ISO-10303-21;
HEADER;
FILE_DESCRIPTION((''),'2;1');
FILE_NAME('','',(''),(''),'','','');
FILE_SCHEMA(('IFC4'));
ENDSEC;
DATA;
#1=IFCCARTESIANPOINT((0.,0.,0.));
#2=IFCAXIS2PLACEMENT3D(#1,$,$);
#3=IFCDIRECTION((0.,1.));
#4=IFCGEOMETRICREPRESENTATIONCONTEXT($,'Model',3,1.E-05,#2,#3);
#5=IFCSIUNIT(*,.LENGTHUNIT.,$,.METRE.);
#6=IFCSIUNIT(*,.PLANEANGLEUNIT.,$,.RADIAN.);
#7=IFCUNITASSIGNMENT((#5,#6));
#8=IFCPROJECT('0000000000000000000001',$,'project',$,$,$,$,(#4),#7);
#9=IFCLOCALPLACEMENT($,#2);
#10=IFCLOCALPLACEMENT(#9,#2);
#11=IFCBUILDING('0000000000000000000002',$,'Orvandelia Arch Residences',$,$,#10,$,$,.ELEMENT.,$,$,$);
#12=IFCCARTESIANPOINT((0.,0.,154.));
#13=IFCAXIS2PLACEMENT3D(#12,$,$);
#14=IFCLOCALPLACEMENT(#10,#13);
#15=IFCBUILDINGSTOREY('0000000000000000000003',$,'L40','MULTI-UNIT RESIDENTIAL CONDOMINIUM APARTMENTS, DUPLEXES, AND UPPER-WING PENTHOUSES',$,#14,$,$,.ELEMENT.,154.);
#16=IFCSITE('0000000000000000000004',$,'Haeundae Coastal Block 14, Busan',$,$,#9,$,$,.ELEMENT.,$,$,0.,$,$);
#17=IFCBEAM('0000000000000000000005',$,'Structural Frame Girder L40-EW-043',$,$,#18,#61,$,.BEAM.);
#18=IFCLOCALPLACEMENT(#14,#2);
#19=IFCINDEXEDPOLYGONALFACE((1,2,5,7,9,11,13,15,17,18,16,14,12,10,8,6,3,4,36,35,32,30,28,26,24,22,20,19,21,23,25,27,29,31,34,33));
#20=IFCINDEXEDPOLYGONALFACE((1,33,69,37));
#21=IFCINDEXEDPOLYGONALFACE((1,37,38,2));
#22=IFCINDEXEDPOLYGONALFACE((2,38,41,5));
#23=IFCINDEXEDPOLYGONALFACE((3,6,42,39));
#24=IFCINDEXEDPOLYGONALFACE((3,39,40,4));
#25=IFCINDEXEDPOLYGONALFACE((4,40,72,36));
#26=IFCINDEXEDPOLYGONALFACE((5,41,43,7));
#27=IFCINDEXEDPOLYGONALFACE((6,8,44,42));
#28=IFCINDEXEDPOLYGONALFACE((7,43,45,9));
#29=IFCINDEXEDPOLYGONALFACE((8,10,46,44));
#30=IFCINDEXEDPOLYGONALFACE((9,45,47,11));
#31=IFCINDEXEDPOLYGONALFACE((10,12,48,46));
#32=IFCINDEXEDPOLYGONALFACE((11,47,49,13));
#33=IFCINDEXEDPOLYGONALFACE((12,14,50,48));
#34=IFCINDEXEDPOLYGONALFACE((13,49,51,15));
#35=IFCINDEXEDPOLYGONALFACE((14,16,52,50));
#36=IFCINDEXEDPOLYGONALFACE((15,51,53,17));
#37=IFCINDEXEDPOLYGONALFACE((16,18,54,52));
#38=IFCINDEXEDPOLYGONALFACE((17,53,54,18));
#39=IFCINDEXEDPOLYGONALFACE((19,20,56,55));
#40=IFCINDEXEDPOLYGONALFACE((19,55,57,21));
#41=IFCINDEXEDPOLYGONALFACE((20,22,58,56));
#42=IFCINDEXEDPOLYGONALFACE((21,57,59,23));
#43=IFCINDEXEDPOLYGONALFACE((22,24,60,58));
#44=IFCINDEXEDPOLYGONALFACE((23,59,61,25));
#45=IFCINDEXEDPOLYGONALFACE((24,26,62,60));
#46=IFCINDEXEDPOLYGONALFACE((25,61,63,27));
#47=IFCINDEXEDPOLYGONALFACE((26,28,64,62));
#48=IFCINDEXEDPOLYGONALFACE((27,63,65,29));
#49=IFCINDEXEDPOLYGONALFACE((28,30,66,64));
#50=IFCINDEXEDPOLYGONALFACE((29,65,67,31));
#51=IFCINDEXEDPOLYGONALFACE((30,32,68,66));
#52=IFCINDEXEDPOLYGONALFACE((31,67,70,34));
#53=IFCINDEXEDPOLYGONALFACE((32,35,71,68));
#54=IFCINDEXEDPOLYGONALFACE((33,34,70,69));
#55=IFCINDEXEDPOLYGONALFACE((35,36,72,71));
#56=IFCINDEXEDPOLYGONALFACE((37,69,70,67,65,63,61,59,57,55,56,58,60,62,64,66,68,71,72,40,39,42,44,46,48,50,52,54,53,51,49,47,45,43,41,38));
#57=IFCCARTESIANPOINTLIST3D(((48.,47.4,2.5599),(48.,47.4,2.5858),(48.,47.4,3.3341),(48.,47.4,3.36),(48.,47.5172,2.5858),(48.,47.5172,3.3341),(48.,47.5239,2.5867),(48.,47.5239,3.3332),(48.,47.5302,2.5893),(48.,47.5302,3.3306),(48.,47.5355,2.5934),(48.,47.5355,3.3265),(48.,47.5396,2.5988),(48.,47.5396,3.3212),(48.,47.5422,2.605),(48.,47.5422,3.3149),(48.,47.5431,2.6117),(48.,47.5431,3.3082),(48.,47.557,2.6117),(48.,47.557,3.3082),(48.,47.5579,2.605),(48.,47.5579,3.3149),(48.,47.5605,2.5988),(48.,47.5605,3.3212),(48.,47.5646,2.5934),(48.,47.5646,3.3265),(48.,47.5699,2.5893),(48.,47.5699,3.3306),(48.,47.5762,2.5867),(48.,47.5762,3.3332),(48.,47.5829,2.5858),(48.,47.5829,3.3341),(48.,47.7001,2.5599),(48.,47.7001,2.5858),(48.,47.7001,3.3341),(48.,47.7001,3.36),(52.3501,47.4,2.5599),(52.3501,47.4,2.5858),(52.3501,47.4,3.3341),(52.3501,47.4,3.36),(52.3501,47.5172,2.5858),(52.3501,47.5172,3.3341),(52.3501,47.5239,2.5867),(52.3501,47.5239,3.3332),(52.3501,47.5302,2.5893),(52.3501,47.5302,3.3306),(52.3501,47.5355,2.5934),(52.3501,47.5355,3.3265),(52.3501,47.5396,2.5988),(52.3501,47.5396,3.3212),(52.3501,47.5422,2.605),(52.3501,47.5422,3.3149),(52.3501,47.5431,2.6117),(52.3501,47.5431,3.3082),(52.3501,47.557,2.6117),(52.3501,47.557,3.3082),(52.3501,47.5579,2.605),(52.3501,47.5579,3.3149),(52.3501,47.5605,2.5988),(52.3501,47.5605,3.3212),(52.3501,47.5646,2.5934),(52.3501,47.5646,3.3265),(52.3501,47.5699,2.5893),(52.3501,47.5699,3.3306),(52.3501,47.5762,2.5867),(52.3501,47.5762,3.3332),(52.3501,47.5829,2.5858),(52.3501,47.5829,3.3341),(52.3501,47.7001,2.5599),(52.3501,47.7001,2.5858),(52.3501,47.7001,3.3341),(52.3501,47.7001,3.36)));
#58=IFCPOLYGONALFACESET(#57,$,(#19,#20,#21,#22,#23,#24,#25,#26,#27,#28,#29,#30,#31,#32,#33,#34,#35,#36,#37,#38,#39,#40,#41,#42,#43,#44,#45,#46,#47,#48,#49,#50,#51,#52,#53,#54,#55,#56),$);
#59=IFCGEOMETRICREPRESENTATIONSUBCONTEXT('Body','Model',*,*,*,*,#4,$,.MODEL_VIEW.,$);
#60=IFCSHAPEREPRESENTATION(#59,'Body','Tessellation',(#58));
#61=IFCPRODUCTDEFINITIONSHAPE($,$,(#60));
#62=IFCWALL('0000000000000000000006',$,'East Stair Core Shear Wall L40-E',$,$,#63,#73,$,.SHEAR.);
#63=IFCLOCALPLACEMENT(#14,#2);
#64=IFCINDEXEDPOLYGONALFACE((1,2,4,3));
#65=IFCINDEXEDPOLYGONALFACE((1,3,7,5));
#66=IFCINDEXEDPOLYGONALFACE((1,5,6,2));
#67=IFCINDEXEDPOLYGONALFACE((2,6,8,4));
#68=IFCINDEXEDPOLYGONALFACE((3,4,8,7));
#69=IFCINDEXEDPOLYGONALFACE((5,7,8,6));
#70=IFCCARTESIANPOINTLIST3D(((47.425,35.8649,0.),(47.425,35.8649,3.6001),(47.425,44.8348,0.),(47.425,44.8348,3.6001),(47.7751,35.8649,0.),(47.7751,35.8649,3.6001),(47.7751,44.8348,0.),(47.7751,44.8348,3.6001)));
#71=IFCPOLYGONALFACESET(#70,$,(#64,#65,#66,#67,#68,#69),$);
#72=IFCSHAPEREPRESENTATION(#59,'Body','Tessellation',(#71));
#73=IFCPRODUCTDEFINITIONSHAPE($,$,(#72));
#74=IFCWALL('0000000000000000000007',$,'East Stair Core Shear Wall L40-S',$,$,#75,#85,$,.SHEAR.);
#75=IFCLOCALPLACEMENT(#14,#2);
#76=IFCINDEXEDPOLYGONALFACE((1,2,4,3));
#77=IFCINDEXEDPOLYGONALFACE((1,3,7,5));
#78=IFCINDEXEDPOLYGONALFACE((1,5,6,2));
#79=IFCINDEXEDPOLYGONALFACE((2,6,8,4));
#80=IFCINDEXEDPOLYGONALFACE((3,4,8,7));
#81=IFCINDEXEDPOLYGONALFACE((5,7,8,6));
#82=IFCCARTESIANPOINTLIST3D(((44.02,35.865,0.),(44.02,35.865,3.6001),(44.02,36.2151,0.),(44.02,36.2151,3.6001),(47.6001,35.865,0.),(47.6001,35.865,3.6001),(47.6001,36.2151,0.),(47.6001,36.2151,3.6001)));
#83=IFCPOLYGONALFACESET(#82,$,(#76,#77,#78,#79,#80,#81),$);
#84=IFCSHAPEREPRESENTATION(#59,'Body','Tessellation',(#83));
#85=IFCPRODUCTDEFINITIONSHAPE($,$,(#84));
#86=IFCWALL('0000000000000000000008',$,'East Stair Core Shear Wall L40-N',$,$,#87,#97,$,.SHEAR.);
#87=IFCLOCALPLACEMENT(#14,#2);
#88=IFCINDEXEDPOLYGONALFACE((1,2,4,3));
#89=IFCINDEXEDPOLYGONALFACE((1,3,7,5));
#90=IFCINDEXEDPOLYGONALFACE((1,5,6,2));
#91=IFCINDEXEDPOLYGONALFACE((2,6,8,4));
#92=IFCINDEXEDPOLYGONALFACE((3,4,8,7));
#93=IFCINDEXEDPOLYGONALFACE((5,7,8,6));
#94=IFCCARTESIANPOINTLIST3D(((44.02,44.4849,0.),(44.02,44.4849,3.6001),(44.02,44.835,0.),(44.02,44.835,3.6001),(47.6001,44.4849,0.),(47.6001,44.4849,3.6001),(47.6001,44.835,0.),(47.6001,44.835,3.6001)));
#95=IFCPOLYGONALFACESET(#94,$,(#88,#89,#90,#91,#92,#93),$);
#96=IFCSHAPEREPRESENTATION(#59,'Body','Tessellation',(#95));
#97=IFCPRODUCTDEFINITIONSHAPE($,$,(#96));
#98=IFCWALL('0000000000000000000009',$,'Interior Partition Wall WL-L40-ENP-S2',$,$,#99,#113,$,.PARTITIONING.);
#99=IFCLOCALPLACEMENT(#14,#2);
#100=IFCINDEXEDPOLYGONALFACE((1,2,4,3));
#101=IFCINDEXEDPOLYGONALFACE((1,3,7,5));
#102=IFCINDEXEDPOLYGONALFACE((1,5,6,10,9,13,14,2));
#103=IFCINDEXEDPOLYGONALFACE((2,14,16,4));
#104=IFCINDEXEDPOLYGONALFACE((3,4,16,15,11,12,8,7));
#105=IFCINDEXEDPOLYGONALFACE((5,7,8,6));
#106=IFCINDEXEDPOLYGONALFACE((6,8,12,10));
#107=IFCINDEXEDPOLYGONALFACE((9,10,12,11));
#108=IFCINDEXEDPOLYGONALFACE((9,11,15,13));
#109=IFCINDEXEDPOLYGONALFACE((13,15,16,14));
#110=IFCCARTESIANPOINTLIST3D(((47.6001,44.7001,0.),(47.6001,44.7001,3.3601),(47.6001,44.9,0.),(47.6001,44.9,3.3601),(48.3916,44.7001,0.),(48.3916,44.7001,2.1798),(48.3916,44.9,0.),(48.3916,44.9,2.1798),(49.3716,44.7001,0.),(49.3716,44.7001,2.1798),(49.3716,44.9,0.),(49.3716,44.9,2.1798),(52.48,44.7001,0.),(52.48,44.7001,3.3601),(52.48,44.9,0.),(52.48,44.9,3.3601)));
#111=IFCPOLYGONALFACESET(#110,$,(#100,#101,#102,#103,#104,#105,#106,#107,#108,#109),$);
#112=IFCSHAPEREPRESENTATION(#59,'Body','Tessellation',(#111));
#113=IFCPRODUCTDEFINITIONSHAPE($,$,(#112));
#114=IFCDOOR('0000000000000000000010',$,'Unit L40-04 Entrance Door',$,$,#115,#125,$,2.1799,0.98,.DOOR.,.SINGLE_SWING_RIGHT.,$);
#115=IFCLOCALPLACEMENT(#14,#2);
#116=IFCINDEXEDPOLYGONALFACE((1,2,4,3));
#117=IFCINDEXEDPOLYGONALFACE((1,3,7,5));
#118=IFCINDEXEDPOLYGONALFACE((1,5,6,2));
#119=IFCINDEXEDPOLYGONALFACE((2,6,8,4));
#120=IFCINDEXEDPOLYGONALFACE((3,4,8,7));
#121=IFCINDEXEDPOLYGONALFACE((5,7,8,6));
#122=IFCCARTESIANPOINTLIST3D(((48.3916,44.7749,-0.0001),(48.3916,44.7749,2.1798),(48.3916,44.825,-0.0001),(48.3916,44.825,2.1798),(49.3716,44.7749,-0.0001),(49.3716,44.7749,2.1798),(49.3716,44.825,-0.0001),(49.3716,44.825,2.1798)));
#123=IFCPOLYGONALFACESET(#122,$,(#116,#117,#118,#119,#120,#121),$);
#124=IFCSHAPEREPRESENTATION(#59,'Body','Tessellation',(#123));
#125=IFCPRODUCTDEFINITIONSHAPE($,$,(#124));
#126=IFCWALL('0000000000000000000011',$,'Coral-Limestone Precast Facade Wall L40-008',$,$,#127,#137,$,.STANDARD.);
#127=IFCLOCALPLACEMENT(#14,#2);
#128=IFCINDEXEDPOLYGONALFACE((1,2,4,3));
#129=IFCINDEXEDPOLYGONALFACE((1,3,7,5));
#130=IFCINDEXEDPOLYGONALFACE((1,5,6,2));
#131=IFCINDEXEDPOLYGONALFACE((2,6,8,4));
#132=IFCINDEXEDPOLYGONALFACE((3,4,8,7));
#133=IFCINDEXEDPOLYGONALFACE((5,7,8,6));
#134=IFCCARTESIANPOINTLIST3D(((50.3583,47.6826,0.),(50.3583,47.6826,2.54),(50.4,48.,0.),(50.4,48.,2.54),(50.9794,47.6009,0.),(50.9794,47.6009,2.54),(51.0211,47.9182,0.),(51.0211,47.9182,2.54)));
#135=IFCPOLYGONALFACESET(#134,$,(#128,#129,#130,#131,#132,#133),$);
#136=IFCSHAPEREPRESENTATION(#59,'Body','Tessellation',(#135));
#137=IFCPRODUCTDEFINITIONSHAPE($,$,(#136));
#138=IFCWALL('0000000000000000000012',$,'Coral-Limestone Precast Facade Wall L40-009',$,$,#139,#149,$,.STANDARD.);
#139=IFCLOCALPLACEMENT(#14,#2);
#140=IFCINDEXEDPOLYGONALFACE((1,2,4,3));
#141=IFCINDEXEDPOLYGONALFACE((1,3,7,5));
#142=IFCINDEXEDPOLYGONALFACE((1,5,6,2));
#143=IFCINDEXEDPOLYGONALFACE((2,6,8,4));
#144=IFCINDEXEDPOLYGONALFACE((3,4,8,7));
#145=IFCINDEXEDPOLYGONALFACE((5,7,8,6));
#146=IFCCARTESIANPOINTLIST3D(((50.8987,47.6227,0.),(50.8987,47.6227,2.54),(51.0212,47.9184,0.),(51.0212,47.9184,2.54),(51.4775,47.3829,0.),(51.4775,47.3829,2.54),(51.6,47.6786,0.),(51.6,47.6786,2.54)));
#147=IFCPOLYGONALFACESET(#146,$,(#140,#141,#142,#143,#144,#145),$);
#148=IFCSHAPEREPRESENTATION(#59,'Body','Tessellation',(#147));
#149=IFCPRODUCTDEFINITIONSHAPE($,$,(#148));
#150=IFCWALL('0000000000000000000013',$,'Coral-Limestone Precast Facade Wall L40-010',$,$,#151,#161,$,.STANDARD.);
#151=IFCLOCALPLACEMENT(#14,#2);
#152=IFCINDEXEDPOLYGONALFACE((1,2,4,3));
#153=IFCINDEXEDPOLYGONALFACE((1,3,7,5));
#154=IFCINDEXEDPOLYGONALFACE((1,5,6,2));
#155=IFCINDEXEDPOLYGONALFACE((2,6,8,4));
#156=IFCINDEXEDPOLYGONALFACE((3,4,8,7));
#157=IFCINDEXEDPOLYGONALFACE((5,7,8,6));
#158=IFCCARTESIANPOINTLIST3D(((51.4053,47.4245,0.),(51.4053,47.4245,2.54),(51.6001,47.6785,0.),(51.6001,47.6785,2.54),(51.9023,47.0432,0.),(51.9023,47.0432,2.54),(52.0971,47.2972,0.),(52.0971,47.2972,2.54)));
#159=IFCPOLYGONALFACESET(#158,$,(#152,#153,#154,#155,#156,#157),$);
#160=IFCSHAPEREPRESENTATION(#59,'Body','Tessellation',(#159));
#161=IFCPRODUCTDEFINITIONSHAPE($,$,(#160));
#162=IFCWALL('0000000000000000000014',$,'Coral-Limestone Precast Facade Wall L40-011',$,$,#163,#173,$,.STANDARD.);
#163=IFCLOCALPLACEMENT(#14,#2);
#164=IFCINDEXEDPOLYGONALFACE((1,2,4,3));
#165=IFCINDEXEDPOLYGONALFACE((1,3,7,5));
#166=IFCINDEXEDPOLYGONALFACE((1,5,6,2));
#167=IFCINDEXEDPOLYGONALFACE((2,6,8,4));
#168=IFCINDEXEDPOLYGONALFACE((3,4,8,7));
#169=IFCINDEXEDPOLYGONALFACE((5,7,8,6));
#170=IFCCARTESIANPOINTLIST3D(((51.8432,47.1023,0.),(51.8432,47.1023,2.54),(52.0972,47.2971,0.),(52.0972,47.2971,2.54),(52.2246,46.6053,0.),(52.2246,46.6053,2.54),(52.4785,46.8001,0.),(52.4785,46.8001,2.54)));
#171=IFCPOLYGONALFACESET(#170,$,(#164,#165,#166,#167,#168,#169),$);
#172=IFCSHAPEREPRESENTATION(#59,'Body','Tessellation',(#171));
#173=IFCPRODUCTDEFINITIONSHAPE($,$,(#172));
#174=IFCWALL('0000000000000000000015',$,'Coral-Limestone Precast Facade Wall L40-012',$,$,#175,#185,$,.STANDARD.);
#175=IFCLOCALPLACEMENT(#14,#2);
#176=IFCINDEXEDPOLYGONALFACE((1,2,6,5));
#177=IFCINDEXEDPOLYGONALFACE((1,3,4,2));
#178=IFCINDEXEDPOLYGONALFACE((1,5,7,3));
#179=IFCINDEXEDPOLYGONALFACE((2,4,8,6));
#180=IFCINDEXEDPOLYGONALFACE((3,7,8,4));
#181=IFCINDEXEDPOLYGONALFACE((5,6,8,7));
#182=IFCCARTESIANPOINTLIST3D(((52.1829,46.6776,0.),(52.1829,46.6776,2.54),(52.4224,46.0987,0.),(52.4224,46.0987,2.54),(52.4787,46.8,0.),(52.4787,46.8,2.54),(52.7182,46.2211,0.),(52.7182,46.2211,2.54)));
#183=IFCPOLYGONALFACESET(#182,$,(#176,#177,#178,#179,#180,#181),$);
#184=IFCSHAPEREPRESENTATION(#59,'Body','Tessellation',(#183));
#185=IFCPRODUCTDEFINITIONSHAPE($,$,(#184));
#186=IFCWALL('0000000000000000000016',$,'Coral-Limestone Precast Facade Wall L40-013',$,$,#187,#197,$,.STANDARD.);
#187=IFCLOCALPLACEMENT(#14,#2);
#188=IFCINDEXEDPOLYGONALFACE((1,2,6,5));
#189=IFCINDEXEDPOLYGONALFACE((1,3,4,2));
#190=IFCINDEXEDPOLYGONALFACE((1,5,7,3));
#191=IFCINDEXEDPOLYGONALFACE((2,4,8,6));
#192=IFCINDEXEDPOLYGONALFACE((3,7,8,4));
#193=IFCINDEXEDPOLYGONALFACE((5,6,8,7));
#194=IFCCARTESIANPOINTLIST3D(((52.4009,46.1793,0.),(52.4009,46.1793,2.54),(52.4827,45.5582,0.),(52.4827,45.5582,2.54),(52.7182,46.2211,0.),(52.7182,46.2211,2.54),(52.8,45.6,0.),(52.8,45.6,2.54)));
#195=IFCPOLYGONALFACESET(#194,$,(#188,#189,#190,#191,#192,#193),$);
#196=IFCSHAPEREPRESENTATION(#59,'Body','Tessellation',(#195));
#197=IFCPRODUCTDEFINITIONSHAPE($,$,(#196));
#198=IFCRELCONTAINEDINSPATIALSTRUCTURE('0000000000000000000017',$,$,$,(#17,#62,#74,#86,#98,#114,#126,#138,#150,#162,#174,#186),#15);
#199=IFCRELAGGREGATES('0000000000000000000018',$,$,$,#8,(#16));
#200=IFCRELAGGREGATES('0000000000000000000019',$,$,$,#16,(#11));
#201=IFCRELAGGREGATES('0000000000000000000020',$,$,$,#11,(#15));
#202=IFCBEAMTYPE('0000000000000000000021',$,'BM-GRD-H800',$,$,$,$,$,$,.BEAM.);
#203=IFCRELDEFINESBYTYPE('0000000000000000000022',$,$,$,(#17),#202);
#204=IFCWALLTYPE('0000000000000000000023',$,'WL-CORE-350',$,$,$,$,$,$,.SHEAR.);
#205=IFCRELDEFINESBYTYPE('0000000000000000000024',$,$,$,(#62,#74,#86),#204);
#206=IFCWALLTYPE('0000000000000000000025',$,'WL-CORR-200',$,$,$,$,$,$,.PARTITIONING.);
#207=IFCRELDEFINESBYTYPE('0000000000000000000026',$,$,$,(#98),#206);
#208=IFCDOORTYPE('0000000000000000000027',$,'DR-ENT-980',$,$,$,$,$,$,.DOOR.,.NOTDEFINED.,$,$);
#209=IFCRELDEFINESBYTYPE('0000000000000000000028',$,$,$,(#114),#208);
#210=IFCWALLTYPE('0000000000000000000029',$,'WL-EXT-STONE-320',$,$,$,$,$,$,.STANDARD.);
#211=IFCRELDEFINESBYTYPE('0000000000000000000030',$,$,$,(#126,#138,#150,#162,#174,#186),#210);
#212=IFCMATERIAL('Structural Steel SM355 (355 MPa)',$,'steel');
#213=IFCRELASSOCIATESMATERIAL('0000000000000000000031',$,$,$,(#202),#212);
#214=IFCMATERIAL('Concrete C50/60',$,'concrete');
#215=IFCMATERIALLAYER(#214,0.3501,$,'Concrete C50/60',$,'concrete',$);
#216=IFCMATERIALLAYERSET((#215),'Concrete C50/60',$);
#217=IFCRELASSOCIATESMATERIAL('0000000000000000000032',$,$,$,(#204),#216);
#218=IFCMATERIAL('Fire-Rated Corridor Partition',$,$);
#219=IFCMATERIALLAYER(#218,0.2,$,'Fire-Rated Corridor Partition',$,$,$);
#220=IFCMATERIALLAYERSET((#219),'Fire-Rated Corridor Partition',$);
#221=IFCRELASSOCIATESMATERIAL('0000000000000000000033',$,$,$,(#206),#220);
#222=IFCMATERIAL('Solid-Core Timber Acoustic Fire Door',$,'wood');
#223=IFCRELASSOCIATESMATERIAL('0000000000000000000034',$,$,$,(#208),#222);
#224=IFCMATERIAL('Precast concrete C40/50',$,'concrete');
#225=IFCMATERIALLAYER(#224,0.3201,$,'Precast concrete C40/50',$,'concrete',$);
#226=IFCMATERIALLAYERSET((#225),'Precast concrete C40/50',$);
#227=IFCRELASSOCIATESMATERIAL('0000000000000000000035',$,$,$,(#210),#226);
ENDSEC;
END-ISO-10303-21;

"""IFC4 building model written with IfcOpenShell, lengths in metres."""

from ifc_helpers import new_model, si_unit, direction, frame, frame_2d, origin, origin_2d, place, context, subcontext, project, spatial, rectangle, i_section, extrude, material, layer, layer_set, material_profile, profile_set, type_object, element, fill, save


model = new_model("IFC4")

# Units and contexts
model_context = context("Model", 3, precision=1e-05, world=origin(), true_north=direction((0.0, 1.0)))
body_context = subcontext(model_context, "Body", "Model", "MODEL_VIEW")
ifc_project = project(units=[si_unit("LENGTHUNIT", "METRE"), si_unit("PLANEANGLEUNIT", "RADIAN")], contexts=[model_context])

# Site, building, storey
site_placement = place(None, origin())
site = spatial("IfcSite", under=ifc_project, at=site_placement, Name="Haeundae Coastal Block 14, Busan", CompositionType="ELEMENT", RefElevation=0.0)
building_placement = place(site_placement, origin())
building = spatial("IfcBuilding", under=site, at=building_placement, Name="Orvandelia Arch Residences", CompositionType="ELEMENT")
storey_placement = place(building_placement, frame((0.0, 0.0, 154.0)))
storey = spatial("IfcBuildingStorey", under=building, at=storey_placement, Name="L40", Description="MULTI-UNIT RESIDENTIAL CONDOMINIUM APARTMENTS, DUPLEXES, AND UPPER-WING PENTHOUSES", CompositionType="ELEMENT", Elevation=154.0)

# Beam
ifc_material_1 = material(Name="Structural Steel SM355 (355 MPa)", Category="steel")
ifc_material_profile_1 = material_profile(ifc_material_1, i_section(OverallWidth=0.3, OverallDepth=0.8, WebThickness=0.0139, FlangeThickness=0.0259, FilletRadius=0.0259, at=origin_2d()), Name="Structural Steel SM355 (355 MPa)", Category="steel")
ifc_profile_set_1 = profile_set([ifc_material_profile_1], Name="Structural Steel SM355 (355 MPa)")
beam_type = type_object("IfcBeamType", Name="BM-GRD-H800", PredefinedType="BEAM", material=ifc_profile_set_1)
beam_1_placement = place(storey_placement, frame((48.0, 47.55, 2.96), z_axis=(1.0, 0.0, 0.0), x_axis=(0.0, 1.0, 0.0)))
element("IfcBeam", 1, at=beam_1_placement, inside=storey, type_object=beam_type, Name="Structural Frame Girder L40-EW-043", PredefinedType="BEAM", context=body_context, shape_type="SweptSolid", body=[
    extrude(i_section(OverallWidth=0.3, OverallDepth=0.8, WebThickness=0.0139, FlangeThickness=0.0259, FilletRadius=0.0259, at=origin_2d()), origin(), (0.0, 0.0, 1.0), 4.3501),
])

# Walls
ifc_material_2 = material(Name="Concrete C50/60", Category="concrete")
ifc_layer_1 = layer(ifc_material_2, 0.3501, Name="Concrete C50/60", Category="concrete")
ifc_layer_set_1 = layer_set([ifc_layer_1], Name="Concrete C50/60")
wall_type_1 = type_object("IfcWallType", Name="WL-CORE-350", PredefinedType="SHEAR", material=ifc_layer_set_1)
wall_1_placement = place(storey_placement, frame((47.6001, 35.865, 0.0), z_axis=(0.0, 0.0, 1.0), x_axis=(0.0, 1.0, 0.0)))
element("IfcWall", 2, at=wall_1_placement, inside=storey, type_object=wall_type_1, Name="East Stair Core Shear Wall L40-E", PredefinedType="SHEAR", context=body_context, shape_type="SweptSolid", body=[
    extrude(rectangle(XDim=8.97, YDim=0.3501, at=frame_2d((4.4849, 0.0))), origin(), (0.0, 0.0, 1.0), 3.6001),
])
for number, where, z_axis, x_axis, name in (
    (3, (44.02, 36.04, 0.0), (0.0, 0.0, 1.0), (1.0, 0.0, 0.0), "East Stair Core Shear Wall L40-S"),
    (4, (44.02, 44.6599, 0.0), (0.0, 0.0, 1.0), (1.0, 0.0, 0.0), "East Stair Core Shear Wall L40-N"),
):
    element("IfcWall", number, at=place(storey_placement, frame(where, z_axis=z_axis, x_axis=x_axis)), inside=storey, type_object=wall_type_1, Name=name, PredefinedType="SHEAR", context=body_context, shape_type="SweptSolid", body=[
        extrude(rectangle(XDim=3.5801, YDim=0.3501, at=frame_2d((1.79, 0.0))), origin(), (0.0, 0.0, 1.0), 3.6001),
    ])

# Wall, opening, door
ifc_material_3 = material(Name="Fire-Rated Corridor Partition")
ifc_layer_2 = layer(ifc_material_3, 0.2, Name="Fire-Rated Corridor Partition")
ifc_layer_set_2 = layer_set([ifc_layer_2], Name="Fire-Rated Corridor Partition")
wall_type_2 = type_object("IfcWallType", Name="WL-CORR-200", PredefinedType="PARTITIONING", material=ifc_layer_set_2)
wall_2_placement = place(storey_placement, frame((47.6001, 44.8, 0.0), z_axis=(0.0, 0.0, 1.0), x_axis=(1.0, 0.0, 0.0)))
wall_2 = element("IfcWall", 5, at=wall_2_placement, inside=storey, type_object=wall_type_2, Name="Interior Partition Wall WL-L40-ENP-S2", PredefinedType="PARTITIONING", context=body_context, shape_type="SweptSolid", body=[
    extrude(rectangle(XDim=4.8799, YDim=0.2, at=frame_2d((2.4399, 0.0))), origin(), (0.0, 0.0, 1.0), 3.3601),
])
opening_1_placement = place(wall_2_placement, frame((0.7915, 0.0, 0.0)))
opening_1 = element("IfcOpeningElement", 6, at=opening_1_placement, cuts=wall_2, PredefinedType="OPENING", context=body_context, shape_type="SweptSolid", body=[
    extrude(rectangle(XDim=0.98, YDim=2.1799, at=frame_2d((0.49, 1.0898))), frame((0.0, 0.1099, 0.0), z_axis=(0.0, -1.0, 0.0), x_axis=(1.0, 0.0, 0.0)), (0.0, 0.0, 1.0), 0.22),
])
ifc_material_4 = material(Name="Solid-Core Timber Acoustic Fire Door", Category="wood")
door_type_1 = type_object("IfcDoorType", Name="DR-ENT-980", OperationType="NOTDEFINED", PredefinedType="DOOR", material=ifc_material_4)
door_1_placement = place(opening_1_placement, origin())
door_1 = element("IfcDoor", 7, at=door_1_placement, inside=storey, type_object=door_type_1, Name="Unit L40-04 Entrance Door", OperationType="SINGLE_SWING_RIGHT", OverallHeight=2.1799, OverallWidth=0.98, PredefinedType="DOOR", context=body_context, shape_type="SweptSolid", body=[
    extrude(rectangle(XDim=0.98, YDim=2.1799, at=frame_2d((0.49, 1.0898))), frame((0.0, 0.0249, 0.0), z_axis=(0.0, -1.0, 0.0), x_axis=(1.0, 0.0, 0.0)), (0.0, 0.0, 1.0), 0.05),
])
fill(opening_1, door_1)

# Walls
ifc_material_5 = material(Name="Precast concrete C40/50", Category="concrete")
ifc_layer_3 = layer(ifc_material_5, 0.3201, Name="Precast concrete C40/50", Category="concrete")
ifc_layer_set_3 = layer_set([ifc_layer_3], Name="Precast concrete C40/50")
wall_type_3 = type_object("IfcWallType", Name="WL-EXT-STONE-320", PredefinedType="STANDARD", material=ifc_layer_set_3)
for number, where, z_axis, x_axis, name in (
    (8, (50.3792, 47.8413, 0.0), (0.0, 0.0, 1.0), (0.991441, -0.130555, 0.0), "Coral-Limestone Precast Facade Wall L40-008"),
    (9, (50.96, 47.7705, 0.0), (0.0, 0.0, 1.0), (0.923893, -0.38265, 0.0), "Coral-Limestone Precast Facade Wall L40-009"),
    (10, (51.5027, 47.5515, 0.0), (0.0, 0.0, 1.0), (0.793406, -0.608693, 0.0), "Coral-Limestone Precast Facade Wall L40-010"),
    (11, (51.9702, 47.1997, 0.0), (0.0, 0.0, 1.0), (0.608693, -0.793406, 0.0), "Coral-Limestone Precast Facade Wall L40-011"),
    (12, (52.3308, 46.7388, 0.0), (0.0, 0.0, 1.0), (0.382317, -0.924031, 0.0), "Coral-Limestone Precast Facade Wall L40-012"),
    (13, (52.5596, 46.2002, 0.0), (0.0, 0.0, 1.0), (0.130555, -0.991441, 0.0), "Coral-Limestone Precast Facade Wall L40-013"),
):
    element("IfcWall", number, at=place(storey_placement, frame(where, z_axis=z_axis, x_axis=x_axis)), inside=storey, type_object=wall_type_3, Name=name, PredefinedType="STANDARD", context=body_context, shape_type="SweptSolid", body=[
        extrude(rectangle(XDim=0.6265, YDim=0.3201, at=frame_2d((0.3132, 0.0))), origin(), (0.0, 0.0, 1.0), 2.54),
    ])

save(model, "model.ifc")
